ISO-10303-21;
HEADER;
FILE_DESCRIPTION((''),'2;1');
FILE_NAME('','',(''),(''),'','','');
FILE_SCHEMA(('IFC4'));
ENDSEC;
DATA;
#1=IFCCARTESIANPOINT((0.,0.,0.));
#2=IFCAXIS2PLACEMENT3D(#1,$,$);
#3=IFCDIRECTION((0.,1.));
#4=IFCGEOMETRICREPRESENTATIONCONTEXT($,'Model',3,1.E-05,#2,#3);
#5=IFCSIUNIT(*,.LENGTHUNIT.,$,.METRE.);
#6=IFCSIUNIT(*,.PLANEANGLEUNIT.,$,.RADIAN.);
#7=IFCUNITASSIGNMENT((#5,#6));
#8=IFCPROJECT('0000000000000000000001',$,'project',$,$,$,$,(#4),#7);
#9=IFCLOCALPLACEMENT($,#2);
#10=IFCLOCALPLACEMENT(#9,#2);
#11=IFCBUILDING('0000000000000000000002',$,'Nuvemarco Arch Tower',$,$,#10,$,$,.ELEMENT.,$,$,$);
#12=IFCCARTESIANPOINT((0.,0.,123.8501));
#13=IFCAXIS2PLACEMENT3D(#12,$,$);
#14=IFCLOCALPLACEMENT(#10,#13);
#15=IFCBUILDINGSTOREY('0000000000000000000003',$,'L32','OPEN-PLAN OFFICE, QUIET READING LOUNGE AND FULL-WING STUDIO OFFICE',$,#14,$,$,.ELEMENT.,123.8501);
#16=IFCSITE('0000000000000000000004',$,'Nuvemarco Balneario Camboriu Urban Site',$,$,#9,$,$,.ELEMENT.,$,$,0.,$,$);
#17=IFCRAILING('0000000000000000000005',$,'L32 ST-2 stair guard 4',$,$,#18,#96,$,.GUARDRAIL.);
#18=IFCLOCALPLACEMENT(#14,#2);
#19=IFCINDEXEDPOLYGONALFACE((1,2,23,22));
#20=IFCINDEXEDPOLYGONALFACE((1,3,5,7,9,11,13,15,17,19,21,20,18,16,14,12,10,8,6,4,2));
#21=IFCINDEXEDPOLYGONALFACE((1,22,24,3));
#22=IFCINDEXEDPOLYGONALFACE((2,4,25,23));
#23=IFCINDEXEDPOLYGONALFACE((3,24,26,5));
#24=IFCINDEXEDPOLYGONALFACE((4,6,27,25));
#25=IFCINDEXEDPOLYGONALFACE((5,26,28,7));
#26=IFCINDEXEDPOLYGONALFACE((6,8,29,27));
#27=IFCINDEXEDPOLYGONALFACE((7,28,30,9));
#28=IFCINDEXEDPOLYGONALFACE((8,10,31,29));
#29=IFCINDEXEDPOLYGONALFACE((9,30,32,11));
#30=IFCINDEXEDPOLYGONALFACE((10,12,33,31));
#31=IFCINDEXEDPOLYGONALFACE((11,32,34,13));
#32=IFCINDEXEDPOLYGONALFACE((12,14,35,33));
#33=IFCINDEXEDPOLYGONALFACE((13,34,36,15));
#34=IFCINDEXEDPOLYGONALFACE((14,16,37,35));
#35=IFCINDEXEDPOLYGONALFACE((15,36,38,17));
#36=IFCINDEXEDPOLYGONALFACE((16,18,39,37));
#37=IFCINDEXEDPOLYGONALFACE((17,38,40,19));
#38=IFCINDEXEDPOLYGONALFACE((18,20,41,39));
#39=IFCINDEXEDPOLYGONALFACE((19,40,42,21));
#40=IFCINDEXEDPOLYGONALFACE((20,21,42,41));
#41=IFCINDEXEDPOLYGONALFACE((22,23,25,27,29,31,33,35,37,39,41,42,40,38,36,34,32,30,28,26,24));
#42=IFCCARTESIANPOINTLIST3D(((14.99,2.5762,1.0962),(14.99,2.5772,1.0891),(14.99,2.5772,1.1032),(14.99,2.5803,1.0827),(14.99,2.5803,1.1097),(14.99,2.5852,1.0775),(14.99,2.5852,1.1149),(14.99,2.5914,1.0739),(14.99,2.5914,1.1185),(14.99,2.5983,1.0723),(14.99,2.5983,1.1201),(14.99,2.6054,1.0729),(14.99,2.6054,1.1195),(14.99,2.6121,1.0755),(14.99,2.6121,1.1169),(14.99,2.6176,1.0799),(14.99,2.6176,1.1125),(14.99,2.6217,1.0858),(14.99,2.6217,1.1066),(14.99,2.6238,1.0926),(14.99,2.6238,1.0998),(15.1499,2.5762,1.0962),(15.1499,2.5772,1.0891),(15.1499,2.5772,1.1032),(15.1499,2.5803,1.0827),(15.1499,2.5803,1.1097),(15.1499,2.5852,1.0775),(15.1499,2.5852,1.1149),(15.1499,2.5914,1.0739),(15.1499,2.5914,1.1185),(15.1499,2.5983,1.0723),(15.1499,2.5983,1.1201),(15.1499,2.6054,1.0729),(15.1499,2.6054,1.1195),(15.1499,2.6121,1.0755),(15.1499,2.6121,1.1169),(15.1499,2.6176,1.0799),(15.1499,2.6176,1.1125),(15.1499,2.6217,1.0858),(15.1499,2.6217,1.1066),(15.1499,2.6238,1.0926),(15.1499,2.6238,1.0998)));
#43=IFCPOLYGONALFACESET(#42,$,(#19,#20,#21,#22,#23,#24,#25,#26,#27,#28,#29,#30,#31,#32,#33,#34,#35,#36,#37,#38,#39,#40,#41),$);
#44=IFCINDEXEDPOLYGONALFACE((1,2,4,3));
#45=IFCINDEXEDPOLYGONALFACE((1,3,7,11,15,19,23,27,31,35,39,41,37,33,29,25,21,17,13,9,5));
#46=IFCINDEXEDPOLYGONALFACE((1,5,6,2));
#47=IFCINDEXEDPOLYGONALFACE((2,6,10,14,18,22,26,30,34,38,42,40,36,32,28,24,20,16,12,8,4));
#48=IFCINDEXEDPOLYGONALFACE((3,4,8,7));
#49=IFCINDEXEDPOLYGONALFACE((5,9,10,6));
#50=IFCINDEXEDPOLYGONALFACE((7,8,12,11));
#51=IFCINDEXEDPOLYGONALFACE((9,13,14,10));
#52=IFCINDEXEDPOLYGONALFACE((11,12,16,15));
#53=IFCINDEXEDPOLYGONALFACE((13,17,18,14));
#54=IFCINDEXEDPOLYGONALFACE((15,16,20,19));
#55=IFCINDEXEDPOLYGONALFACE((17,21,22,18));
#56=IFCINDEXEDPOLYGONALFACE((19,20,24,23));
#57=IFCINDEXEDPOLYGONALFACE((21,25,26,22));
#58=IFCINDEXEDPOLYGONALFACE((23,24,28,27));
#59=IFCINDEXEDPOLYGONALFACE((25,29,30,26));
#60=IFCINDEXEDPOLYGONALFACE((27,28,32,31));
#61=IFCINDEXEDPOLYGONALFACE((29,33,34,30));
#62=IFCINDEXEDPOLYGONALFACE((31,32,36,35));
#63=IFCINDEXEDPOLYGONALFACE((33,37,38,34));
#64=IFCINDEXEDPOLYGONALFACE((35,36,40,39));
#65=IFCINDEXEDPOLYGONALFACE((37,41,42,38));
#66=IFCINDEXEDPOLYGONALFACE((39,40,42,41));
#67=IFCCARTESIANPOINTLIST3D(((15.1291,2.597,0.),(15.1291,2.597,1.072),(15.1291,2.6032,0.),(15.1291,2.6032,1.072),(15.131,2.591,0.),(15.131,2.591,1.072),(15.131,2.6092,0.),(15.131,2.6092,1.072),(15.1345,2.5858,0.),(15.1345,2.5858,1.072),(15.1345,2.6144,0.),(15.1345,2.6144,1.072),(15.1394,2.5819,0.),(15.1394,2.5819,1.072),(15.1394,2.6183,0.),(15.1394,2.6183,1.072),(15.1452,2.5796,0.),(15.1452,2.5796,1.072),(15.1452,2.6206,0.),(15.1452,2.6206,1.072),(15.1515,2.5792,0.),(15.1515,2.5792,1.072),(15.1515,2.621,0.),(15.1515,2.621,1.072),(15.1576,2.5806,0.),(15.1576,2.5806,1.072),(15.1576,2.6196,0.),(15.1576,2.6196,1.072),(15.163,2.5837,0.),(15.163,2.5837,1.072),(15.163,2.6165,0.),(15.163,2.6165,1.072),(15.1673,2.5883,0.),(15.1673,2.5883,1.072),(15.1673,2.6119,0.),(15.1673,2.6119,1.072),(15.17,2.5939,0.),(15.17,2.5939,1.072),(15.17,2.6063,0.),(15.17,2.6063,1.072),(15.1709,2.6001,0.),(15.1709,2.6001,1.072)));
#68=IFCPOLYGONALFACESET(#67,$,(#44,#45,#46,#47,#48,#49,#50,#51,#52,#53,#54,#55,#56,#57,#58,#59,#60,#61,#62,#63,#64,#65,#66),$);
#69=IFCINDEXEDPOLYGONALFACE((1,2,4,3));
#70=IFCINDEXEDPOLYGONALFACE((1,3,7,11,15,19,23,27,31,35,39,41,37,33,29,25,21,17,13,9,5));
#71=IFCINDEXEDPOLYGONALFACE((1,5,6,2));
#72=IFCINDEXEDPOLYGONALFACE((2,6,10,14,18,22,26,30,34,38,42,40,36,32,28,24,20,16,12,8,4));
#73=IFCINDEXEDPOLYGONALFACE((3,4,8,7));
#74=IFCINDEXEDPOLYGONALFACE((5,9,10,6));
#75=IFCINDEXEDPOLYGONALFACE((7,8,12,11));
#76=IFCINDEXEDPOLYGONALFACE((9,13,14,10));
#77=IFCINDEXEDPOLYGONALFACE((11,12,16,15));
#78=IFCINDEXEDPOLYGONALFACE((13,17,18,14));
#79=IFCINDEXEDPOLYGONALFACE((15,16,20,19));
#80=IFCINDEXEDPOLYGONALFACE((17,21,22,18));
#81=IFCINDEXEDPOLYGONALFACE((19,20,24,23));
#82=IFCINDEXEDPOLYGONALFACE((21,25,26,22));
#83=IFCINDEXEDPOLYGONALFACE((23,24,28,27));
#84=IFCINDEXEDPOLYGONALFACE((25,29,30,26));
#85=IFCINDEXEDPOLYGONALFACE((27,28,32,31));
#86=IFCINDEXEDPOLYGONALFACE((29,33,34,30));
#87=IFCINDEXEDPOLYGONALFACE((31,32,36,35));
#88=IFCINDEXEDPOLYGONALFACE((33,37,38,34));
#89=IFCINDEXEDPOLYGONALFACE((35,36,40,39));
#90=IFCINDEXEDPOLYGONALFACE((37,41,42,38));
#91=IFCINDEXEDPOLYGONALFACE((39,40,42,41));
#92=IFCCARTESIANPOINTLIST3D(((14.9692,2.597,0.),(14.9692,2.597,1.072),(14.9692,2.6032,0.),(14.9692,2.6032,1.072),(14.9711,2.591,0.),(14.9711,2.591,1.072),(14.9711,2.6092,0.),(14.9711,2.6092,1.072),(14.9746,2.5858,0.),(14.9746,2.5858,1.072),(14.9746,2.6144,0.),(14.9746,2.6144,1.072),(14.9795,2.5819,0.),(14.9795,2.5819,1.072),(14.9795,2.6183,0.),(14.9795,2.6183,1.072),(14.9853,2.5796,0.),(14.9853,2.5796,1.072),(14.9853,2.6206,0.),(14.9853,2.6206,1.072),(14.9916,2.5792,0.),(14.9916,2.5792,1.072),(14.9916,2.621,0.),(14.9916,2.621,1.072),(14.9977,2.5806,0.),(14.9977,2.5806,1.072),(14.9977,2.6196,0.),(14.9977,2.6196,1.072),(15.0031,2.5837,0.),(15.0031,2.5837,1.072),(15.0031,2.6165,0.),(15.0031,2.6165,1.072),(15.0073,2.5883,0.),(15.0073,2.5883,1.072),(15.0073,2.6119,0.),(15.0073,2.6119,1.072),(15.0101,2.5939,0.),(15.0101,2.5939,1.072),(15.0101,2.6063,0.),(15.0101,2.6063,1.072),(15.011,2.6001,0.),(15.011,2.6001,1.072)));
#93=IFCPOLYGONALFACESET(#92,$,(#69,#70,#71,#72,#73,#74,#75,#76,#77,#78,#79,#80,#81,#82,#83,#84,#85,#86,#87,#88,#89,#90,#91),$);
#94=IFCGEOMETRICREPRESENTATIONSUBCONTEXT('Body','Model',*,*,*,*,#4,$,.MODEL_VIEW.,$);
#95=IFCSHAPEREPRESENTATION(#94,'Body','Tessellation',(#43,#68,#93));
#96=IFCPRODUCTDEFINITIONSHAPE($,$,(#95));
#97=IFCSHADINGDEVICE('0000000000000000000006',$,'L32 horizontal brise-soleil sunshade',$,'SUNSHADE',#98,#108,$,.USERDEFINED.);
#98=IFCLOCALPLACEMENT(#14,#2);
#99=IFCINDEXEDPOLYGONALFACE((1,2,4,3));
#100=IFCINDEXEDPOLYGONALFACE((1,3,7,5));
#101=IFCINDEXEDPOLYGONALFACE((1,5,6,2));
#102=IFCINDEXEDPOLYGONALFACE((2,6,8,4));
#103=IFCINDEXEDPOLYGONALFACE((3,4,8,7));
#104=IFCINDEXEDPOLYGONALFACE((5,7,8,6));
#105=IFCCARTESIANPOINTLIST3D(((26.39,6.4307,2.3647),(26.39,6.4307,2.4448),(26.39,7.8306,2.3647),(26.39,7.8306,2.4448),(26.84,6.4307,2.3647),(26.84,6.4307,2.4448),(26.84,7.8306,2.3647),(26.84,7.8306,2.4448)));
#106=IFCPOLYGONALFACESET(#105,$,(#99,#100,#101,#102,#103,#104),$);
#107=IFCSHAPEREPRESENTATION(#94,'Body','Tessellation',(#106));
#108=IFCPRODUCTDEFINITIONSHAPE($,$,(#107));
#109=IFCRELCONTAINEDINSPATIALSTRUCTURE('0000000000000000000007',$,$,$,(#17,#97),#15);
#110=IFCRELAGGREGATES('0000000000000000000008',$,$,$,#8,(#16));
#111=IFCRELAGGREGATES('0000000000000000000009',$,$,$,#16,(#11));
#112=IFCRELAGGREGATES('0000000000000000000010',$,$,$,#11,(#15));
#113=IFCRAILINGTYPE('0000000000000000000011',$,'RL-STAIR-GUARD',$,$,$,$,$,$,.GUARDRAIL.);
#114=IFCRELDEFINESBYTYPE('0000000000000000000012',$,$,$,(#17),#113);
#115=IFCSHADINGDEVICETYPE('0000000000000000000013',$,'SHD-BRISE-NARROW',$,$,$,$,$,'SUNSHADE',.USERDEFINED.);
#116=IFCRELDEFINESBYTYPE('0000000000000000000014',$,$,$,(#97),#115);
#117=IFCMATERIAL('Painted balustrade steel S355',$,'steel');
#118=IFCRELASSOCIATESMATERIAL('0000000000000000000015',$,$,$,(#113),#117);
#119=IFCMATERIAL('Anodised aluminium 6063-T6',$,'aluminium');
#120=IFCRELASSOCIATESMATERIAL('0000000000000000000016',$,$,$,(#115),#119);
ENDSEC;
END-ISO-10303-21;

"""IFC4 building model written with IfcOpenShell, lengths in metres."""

from ifc_helpers import new_model, si_unit, direction, frame, origin, origin_2d, place, context, subcontext, project, spatial, rectangle, circle, extrude, source, transform, mapped, material, type_object, type_shapes, element, save


model = new_model("IFC4")

# Units and contexts
model_context = context("Model", 3, precision=1e-05, world=origin(), true_north=direction((0.0, 1.0)))
body_context = subcontext(model_context, "Body", "Model", "MODEL_VIEW")
ifc_project = project(units=[si_unit("LENGTHUNIT", "METRE"), si_unit("PLANEANGLEUNIT", "RADIAN")], contexts=[model_context])

# Site, building, storey
site_placement = place(None, origin())
site = spatial("IfcSite", under=ifc_project, at=site_placement, Name="Nuvemarco Balneario Camboriu Urban Site", CompositionType="ELEMENT", RefElevation=0.0)
building_placement = place(site_placement, origin())
building = spatial("IfcBuilding", under=site, at=building_placement, Name="Nuvemarco Arch Tower", CompositionType="ELEMENT")
storey_placement = place(building_placement, frame((0.0, 0.0, 123.8501)))
storey = spatial("IfcBuildingStorey", under=building, at=storey_placement, Name="L32", Description="OPEN-PLAN OFFICE, QUIET READING LOUNGE AND FULL-WING STUDIO OFFICE", CompositionType="ELEMENT", Elevation=123.8501)

# Railing
ifc_material_1 = material(Name="Painted balustrade steel S355", Category="steel")
railing_type_1 = type_object("IfcRailingType", Name="RL-STAIR-GUARD", PredefinedType="GUARDRAIL", material=ifc_material_1)
railing_1_placement = place(storey_placement, frame((15.1499, 2.6001, 0.0)))
element("IfcRailing", 1, at=railing_1_placement, inside=storey, type_object=railing_type_1, Name="L32 ST-2 stair guard 4", PredefinedType="GUARDRAIL", context=body_context, shape_type="SweptSolid", body=[
    extrude(circle(Radius=0.0239, at=origin_2d()), frame((0.0, 0.0, 1.0962), z_axis=(-1.0, 0.0, 0.0), x_axis=(0.0, -1.0, 0.0)), (0.0, 0.0, 1.0), 0.1599),
    extrude(circle(Radius=0.021, at=origin_2d()), origin(), (0.0, 0.0, 1.0), 1.072),
    extrude(circle(Radius=0.021, at=origin_2d()), frame((-0.1599, 0.0, 0.0)), (0.0, 0.0, 1.0), 1.072),
])

# Shading device
ifc_material_2 = material(Name="Anodised aluminium 6063-T6", Category="aluminium")
shading_device_type = type_object("IfcShadingDeviceType", Name="SHD-BRISE-NARROW", ElementType="SUNSHADE", PredefinedType="USERDEFINED", material=ifc_material_2)
shared_shape_1 = source(origin(), body_context, "Body", "SweptSolid", [
    extrude(rectangle(XDim=1.3999, YDim=0.45, at=origin_2d()), origin(), (0.0, 0.0, 1.0), 0.0801),
])
type_shapes(shading_device_type, [shared_shape_1])
shading_device_placement = place(storey_placement, frame((26.615, 7.1306, 2.3647), z_axis=(0.0, 0.0, 1.0), x_axis=(0.0, 1.0, 0.0)))
element("IfcShadingDevice", 2, at=shading_device_placement, inside=storey, type_object=shading_device_type, Name="L32 horizontal brise-soleil sunshade", ObjectType="SUNSHADE", PredefinedType="USERDEFINED", context=body_context, shape_type="MappedRepresentation", body=[
    mapped(shared_shape_1, transform((0.0, 0.0, 0.0), scale=1.0)),
])

save(model, "model.ifc")
